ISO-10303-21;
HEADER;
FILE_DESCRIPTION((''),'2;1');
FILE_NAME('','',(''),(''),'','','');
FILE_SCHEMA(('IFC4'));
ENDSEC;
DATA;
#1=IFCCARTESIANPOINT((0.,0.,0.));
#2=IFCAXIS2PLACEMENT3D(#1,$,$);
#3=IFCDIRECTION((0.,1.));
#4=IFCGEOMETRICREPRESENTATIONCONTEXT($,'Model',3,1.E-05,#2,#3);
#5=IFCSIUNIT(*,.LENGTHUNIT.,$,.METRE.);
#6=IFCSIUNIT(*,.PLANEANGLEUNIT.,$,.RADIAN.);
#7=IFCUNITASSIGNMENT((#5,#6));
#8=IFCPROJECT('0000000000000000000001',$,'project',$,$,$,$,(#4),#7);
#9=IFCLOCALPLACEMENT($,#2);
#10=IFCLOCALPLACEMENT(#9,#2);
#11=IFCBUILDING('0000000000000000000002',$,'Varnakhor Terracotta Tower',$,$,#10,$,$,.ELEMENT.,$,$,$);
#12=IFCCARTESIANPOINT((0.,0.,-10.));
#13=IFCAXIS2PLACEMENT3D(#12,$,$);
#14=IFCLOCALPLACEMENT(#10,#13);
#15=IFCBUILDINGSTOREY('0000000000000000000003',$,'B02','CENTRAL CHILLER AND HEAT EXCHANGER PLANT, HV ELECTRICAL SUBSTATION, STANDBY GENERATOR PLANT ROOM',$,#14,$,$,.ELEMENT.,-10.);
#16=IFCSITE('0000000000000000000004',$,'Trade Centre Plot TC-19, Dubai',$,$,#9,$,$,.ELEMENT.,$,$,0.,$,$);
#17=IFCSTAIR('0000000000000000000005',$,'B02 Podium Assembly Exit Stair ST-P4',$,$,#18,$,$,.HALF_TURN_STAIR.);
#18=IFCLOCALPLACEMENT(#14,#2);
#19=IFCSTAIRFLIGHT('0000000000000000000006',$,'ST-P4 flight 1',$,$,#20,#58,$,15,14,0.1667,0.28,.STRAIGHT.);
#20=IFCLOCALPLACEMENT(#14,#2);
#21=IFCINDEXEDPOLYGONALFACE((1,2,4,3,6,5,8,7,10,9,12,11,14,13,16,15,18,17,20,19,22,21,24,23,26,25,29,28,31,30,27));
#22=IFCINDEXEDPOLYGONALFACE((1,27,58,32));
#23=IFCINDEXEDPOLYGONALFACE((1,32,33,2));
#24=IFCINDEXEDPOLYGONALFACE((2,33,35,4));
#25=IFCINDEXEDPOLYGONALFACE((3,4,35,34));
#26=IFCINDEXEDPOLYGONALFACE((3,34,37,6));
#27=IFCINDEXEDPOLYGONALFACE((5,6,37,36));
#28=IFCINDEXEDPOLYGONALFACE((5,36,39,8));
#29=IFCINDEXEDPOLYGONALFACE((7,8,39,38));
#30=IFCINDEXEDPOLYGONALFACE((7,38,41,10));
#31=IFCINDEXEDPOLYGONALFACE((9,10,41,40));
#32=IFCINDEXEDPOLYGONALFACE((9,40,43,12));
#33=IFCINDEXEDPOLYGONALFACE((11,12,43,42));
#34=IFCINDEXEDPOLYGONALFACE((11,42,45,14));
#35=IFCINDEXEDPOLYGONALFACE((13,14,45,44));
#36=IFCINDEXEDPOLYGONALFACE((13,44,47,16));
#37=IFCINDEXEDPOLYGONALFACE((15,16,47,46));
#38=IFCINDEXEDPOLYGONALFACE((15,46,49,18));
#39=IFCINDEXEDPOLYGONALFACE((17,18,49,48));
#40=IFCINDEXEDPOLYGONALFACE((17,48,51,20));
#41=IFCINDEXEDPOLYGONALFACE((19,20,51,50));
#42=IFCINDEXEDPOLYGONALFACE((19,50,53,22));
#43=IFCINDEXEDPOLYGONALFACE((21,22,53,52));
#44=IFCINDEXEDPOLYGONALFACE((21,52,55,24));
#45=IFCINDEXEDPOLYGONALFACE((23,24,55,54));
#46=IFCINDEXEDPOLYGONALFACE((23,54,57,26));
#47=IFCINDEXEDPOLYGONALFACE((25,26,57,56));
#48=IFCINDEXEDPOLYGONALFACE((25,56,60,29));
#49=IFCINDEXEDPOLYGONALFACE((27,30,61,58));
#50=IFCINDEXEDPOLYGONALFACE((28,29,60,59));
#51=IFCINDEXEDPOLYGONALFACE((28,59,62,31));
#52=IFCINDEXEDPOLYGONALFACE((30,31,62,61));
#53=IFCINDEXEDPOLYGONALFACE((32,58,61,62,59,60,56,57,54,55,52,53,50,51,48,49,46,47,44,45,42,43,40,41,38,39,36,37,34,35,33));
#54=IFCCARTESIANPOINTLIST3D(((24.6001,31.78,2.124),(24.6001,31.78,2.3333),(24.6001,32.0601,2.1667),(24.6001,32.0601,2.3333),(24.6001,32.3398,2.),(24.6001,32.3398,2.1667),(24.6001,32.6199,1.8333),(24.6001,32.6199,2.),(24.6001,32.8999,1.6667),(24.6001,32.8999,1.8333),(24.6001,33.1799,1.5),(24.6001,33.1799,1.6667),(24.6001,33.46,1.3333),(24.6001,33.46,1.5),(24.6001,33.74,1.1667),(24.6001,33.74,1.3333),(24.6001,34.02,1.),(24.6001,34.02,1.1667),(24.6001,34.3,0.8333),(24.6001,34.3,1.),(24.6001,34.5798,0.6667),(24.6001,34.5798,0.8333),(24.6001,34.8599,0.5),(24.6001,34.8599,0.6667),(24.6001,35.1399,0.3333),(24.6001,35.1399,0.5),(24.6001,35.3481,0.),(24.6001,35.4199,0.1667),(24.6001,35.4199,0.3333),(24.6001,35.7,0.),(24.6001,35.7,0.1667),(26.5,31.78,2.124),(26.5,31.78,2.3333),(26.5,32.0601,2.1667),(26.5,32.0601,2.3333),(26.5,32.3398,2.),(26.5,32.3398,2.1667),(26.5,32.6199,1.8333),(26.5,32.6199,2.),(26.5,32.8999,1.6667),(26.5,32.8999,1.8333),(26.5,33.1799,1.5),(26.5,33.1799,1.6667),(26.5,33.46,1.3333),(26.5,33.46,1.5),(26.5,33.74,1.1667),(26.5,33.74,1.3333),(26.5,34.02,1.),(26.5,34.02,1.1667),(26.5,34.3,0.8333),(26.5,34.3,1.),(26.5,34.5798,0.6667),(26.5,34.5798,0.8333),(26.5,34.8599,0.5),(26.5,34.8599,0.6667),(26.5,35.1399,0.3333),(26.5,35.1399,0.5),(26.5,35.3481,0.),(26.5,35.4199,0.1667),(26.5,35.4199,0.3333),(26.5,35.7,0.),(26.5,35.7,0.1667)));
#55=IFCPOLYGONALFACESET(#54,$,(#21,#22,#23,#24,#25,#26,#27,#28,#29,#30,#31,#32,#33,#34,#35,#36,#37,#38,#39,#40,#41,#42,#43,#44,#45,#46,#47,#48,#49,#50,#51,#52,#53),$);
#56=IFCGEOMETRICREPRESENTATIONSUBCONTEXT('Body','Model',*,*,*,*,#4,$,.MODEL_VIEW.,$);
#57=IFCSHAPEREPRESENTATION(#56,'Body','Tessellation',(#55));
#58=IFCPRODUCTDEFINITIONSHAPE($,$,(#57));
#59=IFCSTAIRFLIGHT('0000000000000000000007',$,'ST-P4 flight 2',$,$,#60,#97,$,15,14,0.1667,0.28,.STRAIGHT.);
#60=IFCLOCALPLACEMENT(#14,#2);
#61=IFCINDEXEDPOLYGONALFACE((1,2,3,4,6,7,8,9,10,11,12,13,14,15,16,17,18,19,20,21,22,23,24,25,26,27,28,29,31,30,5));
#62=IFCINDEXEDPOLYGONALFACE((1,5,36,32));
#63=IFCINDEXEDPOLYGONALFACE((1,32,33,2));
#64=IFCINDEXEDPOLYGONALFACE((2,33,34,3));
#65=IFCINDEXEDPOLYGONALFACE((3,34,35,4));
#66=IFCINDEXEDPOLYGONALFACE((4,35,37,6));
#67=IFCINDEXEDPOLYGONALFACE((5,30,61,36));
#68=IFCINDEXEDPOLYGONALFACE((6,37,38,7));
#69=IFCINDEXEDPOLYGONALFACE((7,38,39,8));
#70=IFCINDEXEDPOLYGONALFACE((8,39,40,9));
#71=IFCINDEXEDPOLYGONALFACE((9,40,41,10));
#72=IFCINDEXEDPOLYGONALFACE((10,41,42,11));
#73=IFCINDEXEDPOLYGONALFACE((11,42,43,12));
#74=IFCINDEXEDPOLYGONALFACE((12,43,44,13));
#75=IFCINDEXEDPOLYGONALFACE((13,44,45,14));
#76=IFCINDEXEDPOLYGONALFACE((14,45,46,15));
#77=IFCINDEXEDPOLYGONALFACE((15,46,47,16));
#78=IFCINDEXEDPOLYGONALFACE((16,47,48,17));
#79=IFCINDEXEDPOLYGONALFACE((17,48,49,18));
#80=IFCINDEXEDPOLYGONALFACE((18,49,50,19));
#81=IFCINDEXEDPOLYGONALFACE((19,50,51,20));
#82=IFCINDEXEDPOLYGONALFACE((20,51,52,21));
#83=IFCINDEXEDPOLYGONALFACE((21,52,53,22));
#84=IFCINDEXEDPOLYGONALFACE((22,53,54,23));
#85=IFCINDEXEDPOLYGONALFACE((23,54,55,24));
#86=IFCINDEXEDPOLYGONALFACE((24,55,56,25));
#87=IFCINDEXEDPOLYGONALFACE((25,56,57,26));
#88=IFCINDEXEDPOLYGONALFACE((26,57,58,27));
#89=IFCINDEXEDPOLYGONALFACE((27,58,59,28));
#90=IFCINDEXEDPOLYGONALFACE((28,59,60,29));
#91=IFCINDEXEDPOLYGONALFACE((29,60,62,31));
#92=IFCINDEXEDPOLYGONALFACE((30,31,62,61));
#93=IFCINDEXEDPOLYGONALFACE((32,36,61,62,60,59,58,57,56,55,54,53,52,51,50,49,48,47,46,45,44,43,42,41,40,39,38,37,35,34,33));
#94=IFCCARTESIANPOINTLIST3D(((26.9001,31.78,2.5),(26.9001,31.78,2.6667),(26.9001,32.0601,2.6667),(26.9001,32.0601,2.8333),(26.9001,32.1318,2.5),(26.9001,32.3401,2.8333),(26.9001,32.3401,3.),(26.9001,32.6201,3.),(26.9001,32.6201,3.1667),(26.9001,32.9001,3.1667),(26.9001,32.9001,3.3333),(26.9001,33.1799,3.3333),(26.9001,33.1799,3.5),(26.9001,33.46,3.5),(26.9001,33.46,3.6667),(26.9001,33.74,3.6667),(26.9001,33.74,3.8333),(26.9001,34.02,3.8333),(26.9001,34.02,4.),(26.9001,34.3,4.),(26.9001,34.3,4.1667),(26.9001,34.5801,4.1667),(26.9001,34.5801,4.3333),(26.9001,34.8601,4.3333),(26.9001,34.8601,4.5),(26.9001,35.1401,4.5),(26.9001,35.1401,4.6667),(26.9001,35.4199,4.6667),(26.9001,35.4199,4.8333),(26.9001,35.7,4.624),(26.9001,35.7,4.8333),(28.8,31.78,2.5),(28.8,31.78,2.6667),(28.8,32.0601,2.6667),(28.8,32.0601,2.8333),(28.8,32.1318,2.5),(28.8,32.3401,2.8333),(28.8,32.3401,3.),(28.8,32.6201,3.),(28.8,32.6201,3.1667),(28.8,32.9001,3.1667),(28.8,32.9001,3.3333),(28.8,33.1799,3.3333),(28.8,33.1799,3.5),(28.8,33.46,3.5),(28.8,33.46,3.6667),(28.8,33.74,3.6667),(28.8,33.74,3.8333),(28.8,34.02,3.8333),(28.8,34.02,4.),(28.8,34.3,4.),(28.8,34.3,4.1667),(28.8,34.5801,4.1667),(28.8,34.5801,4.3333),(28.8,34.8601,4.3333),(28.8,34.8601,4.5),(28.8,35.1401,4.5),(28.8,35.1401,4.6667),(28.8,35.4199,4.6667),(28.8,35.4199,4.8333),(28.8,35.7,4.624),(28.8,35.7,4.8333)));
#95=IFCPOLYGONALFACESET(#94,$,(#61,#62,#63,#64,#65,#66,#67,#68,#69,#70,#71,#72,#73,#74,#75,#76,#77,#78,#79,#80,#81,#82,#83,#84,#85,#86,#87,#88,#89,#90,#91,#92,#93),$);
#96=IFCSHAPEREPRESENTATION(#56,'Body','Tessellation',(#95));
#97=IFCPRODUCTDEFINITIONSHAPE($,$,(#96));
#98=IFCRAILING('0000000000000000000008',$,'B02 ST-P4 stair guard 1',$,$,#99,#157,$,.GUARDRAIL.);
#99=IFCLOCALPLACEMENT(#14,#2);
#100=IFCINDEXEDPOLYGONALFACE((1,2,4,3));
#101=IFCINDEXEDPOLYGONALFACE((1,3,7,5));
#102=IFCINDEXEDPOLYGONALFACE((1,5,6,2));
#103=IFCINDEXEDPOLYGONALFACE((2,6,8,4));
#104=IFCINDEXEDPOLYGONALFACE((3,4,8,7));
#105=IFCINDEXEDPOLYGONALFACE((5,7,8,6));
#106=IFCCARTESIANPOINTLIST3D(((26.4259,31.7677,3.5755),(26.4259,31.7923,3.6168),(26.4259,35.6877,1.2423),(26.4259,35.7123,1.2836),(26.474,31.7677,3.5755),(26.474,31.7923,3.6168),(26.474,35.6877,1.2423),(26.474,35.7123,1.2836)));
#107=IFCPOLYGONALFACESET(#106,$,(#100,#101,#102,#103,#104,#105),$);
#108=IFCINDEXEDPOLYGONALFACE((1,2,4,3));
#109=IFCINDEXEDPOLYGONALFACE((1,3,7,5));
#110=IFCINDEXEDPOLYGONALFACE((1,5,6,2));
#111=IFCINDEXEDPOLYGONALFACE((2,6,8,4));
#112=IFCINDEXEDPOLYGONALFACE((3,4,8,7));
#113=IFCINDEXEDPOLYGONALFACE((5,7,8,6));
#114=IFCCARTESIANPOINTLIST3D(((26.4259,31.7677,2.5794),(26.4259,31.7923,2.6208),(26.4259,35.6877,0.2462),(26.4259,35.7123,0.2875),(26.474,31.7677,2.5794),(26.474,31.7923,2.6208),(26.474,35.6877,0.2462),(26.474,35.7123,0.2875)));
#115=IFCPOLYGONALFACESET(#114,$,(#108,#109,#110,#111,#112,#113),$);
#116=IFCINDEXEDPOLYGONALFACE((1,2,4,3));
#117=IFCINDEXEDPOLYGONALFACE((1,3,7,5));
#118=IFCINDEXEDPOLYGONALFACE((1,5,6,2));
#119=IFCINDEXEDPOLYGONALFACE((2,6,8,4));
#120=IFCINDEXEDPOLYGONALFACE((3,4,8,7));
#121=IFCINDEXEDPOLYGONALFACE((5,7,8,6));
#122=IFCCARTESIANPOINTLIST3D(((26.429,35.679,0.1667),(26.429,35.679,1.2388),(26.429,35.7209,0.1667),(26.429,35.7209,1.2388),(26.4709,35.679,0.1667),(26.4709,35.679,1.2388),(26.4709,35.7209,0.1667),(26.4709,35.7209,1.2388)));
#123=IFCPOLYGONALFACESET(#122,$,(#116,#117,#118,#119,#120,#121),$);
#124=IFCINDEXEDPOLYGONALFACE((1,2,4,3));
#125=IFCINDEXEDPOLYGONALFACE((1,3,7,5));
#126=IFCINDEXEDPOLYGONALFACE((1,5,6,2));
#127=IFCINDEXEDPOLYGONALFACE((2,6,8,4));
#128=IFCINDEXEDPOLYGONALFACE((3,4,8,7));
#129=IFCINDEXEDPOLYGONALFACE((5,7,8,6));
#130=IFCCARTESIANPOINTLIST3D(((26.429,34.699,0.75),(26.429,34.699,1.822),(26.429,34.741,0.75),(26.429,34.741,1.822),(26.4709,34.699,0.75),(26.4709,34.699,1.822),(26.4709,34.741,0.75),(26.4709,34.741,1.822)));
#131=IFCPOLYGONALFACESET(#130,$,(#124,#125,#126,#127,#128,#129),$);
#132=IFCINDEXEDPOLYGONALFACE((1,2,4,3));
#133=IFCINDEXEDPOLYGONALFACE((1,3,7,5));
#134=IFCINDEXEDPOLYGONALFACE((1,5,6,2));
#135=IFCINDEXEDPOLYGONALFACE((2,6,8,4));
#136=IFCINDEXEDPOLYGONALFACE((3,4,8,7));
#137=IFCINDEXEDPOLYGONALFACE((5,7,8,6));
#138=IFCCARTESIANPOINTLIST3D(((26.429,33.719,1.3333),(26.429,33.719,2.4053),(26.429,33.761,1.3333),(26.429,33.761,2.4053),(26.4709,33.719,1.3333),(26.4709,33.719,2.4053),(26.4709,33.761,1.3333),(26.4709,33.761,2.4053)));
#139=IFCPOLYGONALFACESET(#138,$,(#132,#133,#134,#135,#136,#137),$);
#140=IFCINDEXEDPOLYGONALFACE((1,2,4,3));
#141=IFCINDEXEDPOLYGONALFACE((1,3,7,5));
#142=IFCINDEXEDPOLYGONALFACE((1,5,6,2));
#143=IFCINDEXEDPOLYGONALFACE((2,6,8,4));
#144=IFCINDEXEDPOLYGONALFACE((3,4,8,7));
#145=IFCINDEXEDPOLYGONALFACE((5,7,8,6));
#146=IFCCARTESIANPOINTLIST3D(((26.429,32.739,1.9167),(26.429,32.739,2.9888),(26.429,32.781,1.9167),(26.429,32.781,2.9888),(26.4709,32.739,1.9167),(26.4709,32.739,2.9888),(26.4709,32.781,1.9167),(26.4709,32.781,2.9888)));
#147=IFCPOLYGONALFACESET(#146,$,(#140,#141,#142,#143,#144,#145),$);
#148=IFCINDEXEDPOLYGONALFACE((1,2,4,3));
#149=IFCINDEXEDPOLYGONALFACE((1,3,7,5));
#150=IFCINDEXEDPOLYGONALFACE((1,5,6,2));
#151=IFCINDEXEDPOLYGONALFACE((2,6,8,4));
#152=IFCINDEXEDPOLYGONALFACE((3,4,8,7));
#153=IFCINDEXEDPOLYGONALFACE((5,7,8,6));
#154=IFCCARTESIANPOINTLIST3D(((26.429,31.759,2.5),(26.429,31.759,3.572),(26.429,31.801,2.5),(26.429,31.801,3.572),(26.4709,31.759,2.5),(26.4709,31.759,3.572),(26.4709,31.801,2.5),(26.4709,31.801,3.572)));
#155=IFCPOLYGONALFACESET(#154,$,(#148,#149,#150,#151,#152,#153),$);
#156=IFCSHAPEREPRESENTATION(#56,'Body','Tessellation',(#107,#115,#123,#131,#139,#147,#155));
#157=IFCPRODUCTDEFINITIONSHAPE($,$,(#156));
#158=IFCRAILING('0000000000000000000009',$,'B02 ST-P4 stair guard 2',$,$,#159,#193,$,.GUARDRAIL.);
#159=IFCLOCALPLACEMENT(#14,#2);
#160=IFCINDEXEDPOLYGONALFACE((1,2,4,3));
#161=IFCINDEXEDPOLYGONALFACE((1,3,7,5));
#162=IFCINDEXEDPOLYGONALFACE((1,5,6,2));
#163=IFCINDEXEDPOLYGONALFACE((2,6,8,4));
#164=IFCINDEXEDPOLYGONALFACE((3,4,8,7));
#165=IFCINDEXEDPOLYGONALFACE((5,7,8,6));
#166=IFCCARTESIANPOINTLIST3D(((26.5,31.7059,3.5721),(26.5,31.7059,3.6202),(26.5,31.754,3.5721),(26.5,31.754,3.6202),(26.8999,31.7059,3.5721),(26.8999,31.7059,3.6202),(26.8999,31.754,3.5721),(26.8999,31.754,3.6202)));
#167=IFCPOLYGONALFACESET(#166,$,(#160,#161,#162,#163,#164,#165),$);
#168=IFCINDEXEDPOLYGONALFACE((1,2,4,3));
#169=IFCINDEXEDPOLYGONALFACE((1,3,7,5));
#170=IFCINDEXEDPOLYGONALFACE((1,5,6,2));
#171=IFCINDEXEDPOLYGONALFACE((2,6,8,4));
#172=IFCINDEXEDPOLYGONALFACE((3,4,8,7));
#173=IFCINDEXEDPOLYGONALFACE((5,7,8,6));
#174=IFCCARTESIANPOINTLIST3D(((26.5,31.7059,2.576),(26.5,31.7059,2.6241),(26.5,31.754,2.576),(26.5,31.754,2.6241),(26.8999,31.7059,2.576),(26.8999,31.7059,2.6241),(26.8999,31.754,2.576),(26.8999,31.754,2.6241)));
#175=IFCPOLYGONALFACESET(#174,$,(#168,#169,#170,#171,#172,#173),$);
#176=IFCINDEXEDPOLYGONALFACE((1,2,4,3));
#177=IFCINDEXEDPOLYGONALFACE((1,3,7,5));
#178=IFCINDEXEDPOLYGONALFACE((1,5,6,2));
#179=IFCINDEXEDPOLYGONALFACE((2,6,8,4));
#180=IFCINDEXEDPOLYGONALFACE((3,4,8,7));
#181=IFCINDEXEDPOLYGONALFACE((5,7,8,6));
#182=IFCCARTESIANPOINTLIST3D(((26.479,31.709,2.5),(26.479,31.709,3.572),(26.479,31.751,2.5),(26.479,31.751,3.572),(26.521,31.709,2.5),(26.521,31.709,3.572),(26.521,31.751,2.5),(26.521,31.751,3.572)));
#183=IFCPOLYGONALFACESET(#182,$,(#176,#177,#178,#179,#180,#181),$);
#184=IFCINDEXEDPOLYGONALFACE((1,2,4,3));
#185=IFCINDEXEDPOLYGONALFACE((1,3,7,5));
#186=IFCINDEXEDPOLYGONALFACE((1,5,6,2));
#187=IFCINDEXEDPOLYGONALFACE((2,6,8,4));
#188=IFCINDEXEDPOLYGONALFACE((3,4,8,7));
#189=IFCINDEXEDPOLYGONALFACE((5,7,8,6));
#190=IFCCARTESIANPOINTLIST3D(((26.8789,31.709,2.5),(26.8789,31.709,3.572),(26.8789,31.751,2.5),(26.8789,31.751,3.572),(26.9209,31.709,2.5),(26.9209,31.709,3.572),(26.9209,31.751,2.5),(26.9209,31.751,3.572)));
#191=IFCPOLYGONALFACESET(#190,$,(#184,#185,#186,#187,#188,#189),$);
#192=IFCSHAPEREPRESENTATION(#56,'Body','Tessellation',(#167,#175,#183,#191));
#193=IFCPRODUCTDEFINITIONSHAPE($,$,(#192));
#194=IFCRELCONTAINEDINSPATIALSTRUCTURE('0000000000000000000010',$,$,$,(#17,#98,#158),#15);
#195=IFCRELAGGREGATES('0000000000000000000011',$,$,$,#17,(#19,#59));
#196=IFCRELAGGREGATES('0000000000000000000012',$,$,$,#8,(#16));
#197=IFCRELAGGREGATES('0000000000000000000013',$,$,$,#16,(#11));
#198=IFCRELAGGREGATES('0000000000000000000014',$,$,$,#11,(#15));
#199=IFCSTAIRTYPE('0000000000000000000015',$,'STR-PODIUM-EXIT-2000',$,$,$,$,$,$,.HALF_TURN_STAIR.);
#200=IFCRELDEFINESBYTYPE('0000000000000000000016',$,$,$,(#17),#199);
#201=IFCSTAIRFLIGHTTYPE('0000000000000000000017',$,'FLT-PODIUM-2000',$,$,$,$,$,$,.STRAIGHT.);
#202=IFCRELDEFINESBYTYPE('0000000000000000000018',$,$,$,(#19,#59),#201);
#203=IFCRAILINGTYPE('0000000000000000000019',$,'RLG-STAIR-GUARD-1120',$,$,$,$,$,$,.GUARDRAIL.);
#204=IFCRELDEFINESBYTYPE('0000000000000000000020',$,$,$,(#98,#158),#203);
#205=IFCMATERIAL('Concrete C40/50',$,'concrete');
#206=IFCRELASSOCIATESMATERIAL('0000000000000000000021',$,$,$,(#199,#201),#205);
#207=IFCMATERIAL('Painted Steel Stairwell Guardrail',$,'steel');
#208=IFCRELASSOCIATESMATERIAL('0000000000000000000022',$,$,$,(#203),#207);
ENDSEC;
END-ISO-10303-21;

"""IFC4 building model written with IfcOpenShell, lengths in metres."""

from ifc_helpers import new_model, si_unit, direction, frame, origin, origin_2d, place, context, subcontext, project, spatial, polyline, rectangle, outline, extrude, material, type_object, element, aggregate, save


model = new_model("IFC4")

# Units and contexts
model_context = context("Model", 3, precision=1e-05, world=origin(), true_north=direction((0.0, 1.0)))
body_context = subcontext(model_context, "Body", "Model", "MODEL_VIEW")
ifc_project = project(units=[si_unit("LENGTHUNIT", "METRE"), si_unit("PLANEANGLEUNIT", "RADIAN")], contexts=[model_context])

# Site, building, storey
site_placement = place(None, origin())
site = spatial("IfcSite", under=ifc_project, at=site_placement, Name="Trade Centre Plot TC-19, Dubai", CompositionType="ELEMENT", RefElevation=0.0)
building_placement = place(site_placement, origin())
building = spatial("IfcBuilding", under=site, at=building_placement, Name="Varnakhor Terracotta Tower", CompositionType="ELEMENT")
storey_placement = place(building_placement, frame((0.0, 0.0, -10.0)))
storey = spatial("IfcBuildingStorey", under=building, at=storey_placement, Name="B02", Description="CENTRAL CHILLER AND HEAT EXCHANGER PLANT, HV ELECTRICAL SUBSTATION, STANDBY GENERATOR PLANT ROOM", CompositionType="ELEMENT", Elevation=-10.0)

# Shared definitions
ifc_material_1 = material(Name="Concrete C40/50", Category="concrete")

# Stair, stair flights
stair_type = type_object("IfcStairType", Name="STR-PODIUM-EXIT-2000", PredefinedType="HALF_TURN_STAIR", material=ifc_material_1)
stair_placement = place(storey_placement, origin())
stair = element("IfcStair", 1, at=stair_placement, inside=storey, type_object=stair_type, Name="B02 Podium Assembly Exit Stair ST-P4", PredefinedType="HALF_TURN_STAIR")
stair_flight_type = type_object("IfcStairFlightType", Name="FLT-PODIUM-2000", PredefinedType="STRAIGHT", material=ifc_material_1)
stair_flight_1_placement = place(storey_placement, frame((25.55, 35.7, 0.0), z_axis=(0.0, 0.0, 1.0), x_axis=(0.0, -1.0, 0.0)))
stair_flight_1 = element("IfcStairFlight", 2, at=stair_flight_1_placement, type_object=stair_flight_type, Name="ST-P4 flight 1", NumberOfRisers=15, NumberOfTreads=14, PredefinedType="STRAIGHT", RiserHeight=0.1667, TreadLength=0.28, context=body_context, shape_type="SweptSolid", body=[
    extrude(outline(polyline([(0.0, 0.0), (0.0, 0.1667), (0.28, 0.1667), (0.28, 0.3333), (0.5601, 0.3333), (0.5601, 0.5), (0.8401, 0.5), (0.8401, 0.6667), (1.1201, 0.6667), (1.1201, 0.8333), (1.3999, 0.8333), (1.3999, 1.0), (1.6799, 1.0), (1.6799, 1.1667), (1.96, 1.1667), (1.96, 1.3333), (2.24, 1.3333), (2.24, 1.5), (2.52, 1.5), (2.52, 1.6667), (2.8, 1.6667), (2.8, 1.8333), (3.0801, 1.8333), (3.0801, 2.0), (3.3601, 2.0), (3.3601, 2.1667), (3.6399, 2.1667), (3.6399, 2.3333), (3.9199, 2.3333), (3.9199, 2.5), (3.9199, 2.124), (0.3518, 0.0), (0.0, 0.0)])), frame((0.0, 0.95, 0.0), z_axis=(0.0, -1.0, 0.0), x_axis=(1.0, 0.0, 0.0)), (0.0, 0.0, 1.0), 1.8999),
])
stair_flight_2_placement = place(storey_placement, frame((27.8501, 31.78, 2.5), z_axis=(0.0, 0.0, 1.0), x_axis=(0.0, 1.0, 0.0)))
stair_flight_2 = element("IfcStairFlight", 3, at=stair_flight_2_placement, type_object=stair_flight_type, Name="ST-P4 flight 2", NumberOfRisers=15, NumberOfTreads=14, PredefinedType="STRAIGHT", RiserHeight=0.1667, TreadLength=0.28, context=body_context, shape_type="SweptSolid", body=[
    extrude(outline(polyline([(0.0, 0.0), (0.0, 0.1667), (0.28, 0.1667), (0.28, 0.3333), (0.5601, 0.3333), (0.5601, 0.5), (0.8401, 0.5), (0.8401, 0.6667), (1.1201, 0.6667), (1.1201, 0.8333), (1.3999, 0.8333), (1.3999, 1.0), (1.6799, 1.0), (1.6799, 1.1667), (1.96, 1.1667), (1.96, 1.3333), (2.24, 1.3333), (2.24, 1.5), (2.52, 1.5), (2.52, 1.6667), (2.8, 1.6667), (2.8, 1.8333), (3.0801, 1.8333), (3.0801, 2.0), (3.3601, 2.0), (3.3601, 2.1667), (3.6399, 2.1667), (3.6399, 2.3333), (3.9199, 2.3333), (3.9199, 2.5), (3.9199, 2.124), (0.3518, 0.0), (0.0, 0.0)])), frame((0.0, 0.95, 0.0), z_axis=(0.0, -1.0, 0.0), x_axis=(1.0, 0.0, 0.0)), (0.0, 0.0, 1.0), 1.8999),
])
aggregate(stair, [stair_flight_1, stair_flight_2])

# Railings
ifc_material_2 = material(Name="Painted Steel Stairwell Guardrail", Category="steel")
railing_type_1 = type_object("IfcRailingType", Name="RLG-STAIR-GUARD-1120", PredefinedType="GUARDRAIL", material=ifc_material_2)
railing_1_placement = place(storey_placement, frame((26.45, 35.7, 0.1667)))
element("IfcRailing", 4, at=railing_1_placement, inside=storey, type_object=railing_type_1, Name="B02 ST-P4 stair guard 1", PredefinedType="GUARDRAIL", context=body_context, shape_type="SweptSolid", body=[
    extrude(rectangle(XDim=0.0481, YDim=0.0481, at=origin_2d()), frame((0.0, 0.0, 1.0962), z_axis=(0.0, -0.859296, 0.511478), x_axis=(1.0, 0.0, 0.0)), (0.0, 0.0, 1.0), 4.5618),
    extrude(rectangle(XDim=0.0481, YDim=0.0481, at=origin_2d()), frame((0.0, 0.0, 0.1001), z_axis=(0.0, -0.859296, 0.511478), x_axis=(1.0, 0.0, 0.0)), (0.0, 0.0, 1.0), 4.5618),
    extrude(rectangle(XDim=0.042, YDim=0.042, at=origin_2d()), origin(), (0.0, 0.0, 1.0), 1.072),
    extrude(rectangle(XDim=0.042, YDim=0.042, at=origin_2d()), frame((0.0, -0.98, 0.5833)), (0.0, 0.0, 1.0), 1.072),
    extrude(rectangle(XDim=0.042, YDim=0.042, at=origin_2d()), frame((0.0, -1.96, 1.1665)), (0.0, 0.0, 1.0), 1.072),
    extrude(rectangle(XDim=0.042, YDim=0.042, at=origin_2d()), frame((0.0, -2.9399, 1.75)), (0.0, 0.0, 1.0), 1.072),
    extrude(rectangle(XDim=0.042, YDim=0.042, at=origin_2d()), frame((0.0, -3.9199, 2.3333)), (0.0, 0.0, 1.0), 1.072),
])
railing_2_placement = place(storey_placement, frame((26.5, 31.73, 2.5)))
element("IfcRailing", 5, at=railing_2_placement, inside=storey, type_object=railing_type_1, Name="B02 ST-P4 stair guard 2", PredefinedType="GUARDRAIL", context=body_context, shape_type="SweptSolid", body=[
    extrude(rectangle(XDim=0.0481, YDim=0.0481, at=origin_2d()), frame((0.0, 0.0, 1.0962), z_axis=(1.0, 0.0, 0.0), x_axis=(0.0, 1.0, 0.0)), (0.0, 0.0, 1.0), 0.3999),
    extrude(rectangle(XDim=0.0481, YDim=0.0481, at=origin_2d()), frame((0.0, 0.0, 0.1001), z_axis=(1.0, 0.0, 0.0), x_axis=(0.0, 1.0, 0.0)), (0.0, 0.0, 1.0), 0.3999),
    extrude(rectangle(XDim=0.042, YDim=0.042, at=origin_2d()), origin(), (0.0, 0.0, 1.0), 1.072),
    extrude(rectangle(XDim=0.042, YDim=0.042, at=origin_2d()), frame((0.3999, 0.0, 0.0)), (0.0, 0.0, 1.0), 1.072),
])

save(model, "model.ifc")
